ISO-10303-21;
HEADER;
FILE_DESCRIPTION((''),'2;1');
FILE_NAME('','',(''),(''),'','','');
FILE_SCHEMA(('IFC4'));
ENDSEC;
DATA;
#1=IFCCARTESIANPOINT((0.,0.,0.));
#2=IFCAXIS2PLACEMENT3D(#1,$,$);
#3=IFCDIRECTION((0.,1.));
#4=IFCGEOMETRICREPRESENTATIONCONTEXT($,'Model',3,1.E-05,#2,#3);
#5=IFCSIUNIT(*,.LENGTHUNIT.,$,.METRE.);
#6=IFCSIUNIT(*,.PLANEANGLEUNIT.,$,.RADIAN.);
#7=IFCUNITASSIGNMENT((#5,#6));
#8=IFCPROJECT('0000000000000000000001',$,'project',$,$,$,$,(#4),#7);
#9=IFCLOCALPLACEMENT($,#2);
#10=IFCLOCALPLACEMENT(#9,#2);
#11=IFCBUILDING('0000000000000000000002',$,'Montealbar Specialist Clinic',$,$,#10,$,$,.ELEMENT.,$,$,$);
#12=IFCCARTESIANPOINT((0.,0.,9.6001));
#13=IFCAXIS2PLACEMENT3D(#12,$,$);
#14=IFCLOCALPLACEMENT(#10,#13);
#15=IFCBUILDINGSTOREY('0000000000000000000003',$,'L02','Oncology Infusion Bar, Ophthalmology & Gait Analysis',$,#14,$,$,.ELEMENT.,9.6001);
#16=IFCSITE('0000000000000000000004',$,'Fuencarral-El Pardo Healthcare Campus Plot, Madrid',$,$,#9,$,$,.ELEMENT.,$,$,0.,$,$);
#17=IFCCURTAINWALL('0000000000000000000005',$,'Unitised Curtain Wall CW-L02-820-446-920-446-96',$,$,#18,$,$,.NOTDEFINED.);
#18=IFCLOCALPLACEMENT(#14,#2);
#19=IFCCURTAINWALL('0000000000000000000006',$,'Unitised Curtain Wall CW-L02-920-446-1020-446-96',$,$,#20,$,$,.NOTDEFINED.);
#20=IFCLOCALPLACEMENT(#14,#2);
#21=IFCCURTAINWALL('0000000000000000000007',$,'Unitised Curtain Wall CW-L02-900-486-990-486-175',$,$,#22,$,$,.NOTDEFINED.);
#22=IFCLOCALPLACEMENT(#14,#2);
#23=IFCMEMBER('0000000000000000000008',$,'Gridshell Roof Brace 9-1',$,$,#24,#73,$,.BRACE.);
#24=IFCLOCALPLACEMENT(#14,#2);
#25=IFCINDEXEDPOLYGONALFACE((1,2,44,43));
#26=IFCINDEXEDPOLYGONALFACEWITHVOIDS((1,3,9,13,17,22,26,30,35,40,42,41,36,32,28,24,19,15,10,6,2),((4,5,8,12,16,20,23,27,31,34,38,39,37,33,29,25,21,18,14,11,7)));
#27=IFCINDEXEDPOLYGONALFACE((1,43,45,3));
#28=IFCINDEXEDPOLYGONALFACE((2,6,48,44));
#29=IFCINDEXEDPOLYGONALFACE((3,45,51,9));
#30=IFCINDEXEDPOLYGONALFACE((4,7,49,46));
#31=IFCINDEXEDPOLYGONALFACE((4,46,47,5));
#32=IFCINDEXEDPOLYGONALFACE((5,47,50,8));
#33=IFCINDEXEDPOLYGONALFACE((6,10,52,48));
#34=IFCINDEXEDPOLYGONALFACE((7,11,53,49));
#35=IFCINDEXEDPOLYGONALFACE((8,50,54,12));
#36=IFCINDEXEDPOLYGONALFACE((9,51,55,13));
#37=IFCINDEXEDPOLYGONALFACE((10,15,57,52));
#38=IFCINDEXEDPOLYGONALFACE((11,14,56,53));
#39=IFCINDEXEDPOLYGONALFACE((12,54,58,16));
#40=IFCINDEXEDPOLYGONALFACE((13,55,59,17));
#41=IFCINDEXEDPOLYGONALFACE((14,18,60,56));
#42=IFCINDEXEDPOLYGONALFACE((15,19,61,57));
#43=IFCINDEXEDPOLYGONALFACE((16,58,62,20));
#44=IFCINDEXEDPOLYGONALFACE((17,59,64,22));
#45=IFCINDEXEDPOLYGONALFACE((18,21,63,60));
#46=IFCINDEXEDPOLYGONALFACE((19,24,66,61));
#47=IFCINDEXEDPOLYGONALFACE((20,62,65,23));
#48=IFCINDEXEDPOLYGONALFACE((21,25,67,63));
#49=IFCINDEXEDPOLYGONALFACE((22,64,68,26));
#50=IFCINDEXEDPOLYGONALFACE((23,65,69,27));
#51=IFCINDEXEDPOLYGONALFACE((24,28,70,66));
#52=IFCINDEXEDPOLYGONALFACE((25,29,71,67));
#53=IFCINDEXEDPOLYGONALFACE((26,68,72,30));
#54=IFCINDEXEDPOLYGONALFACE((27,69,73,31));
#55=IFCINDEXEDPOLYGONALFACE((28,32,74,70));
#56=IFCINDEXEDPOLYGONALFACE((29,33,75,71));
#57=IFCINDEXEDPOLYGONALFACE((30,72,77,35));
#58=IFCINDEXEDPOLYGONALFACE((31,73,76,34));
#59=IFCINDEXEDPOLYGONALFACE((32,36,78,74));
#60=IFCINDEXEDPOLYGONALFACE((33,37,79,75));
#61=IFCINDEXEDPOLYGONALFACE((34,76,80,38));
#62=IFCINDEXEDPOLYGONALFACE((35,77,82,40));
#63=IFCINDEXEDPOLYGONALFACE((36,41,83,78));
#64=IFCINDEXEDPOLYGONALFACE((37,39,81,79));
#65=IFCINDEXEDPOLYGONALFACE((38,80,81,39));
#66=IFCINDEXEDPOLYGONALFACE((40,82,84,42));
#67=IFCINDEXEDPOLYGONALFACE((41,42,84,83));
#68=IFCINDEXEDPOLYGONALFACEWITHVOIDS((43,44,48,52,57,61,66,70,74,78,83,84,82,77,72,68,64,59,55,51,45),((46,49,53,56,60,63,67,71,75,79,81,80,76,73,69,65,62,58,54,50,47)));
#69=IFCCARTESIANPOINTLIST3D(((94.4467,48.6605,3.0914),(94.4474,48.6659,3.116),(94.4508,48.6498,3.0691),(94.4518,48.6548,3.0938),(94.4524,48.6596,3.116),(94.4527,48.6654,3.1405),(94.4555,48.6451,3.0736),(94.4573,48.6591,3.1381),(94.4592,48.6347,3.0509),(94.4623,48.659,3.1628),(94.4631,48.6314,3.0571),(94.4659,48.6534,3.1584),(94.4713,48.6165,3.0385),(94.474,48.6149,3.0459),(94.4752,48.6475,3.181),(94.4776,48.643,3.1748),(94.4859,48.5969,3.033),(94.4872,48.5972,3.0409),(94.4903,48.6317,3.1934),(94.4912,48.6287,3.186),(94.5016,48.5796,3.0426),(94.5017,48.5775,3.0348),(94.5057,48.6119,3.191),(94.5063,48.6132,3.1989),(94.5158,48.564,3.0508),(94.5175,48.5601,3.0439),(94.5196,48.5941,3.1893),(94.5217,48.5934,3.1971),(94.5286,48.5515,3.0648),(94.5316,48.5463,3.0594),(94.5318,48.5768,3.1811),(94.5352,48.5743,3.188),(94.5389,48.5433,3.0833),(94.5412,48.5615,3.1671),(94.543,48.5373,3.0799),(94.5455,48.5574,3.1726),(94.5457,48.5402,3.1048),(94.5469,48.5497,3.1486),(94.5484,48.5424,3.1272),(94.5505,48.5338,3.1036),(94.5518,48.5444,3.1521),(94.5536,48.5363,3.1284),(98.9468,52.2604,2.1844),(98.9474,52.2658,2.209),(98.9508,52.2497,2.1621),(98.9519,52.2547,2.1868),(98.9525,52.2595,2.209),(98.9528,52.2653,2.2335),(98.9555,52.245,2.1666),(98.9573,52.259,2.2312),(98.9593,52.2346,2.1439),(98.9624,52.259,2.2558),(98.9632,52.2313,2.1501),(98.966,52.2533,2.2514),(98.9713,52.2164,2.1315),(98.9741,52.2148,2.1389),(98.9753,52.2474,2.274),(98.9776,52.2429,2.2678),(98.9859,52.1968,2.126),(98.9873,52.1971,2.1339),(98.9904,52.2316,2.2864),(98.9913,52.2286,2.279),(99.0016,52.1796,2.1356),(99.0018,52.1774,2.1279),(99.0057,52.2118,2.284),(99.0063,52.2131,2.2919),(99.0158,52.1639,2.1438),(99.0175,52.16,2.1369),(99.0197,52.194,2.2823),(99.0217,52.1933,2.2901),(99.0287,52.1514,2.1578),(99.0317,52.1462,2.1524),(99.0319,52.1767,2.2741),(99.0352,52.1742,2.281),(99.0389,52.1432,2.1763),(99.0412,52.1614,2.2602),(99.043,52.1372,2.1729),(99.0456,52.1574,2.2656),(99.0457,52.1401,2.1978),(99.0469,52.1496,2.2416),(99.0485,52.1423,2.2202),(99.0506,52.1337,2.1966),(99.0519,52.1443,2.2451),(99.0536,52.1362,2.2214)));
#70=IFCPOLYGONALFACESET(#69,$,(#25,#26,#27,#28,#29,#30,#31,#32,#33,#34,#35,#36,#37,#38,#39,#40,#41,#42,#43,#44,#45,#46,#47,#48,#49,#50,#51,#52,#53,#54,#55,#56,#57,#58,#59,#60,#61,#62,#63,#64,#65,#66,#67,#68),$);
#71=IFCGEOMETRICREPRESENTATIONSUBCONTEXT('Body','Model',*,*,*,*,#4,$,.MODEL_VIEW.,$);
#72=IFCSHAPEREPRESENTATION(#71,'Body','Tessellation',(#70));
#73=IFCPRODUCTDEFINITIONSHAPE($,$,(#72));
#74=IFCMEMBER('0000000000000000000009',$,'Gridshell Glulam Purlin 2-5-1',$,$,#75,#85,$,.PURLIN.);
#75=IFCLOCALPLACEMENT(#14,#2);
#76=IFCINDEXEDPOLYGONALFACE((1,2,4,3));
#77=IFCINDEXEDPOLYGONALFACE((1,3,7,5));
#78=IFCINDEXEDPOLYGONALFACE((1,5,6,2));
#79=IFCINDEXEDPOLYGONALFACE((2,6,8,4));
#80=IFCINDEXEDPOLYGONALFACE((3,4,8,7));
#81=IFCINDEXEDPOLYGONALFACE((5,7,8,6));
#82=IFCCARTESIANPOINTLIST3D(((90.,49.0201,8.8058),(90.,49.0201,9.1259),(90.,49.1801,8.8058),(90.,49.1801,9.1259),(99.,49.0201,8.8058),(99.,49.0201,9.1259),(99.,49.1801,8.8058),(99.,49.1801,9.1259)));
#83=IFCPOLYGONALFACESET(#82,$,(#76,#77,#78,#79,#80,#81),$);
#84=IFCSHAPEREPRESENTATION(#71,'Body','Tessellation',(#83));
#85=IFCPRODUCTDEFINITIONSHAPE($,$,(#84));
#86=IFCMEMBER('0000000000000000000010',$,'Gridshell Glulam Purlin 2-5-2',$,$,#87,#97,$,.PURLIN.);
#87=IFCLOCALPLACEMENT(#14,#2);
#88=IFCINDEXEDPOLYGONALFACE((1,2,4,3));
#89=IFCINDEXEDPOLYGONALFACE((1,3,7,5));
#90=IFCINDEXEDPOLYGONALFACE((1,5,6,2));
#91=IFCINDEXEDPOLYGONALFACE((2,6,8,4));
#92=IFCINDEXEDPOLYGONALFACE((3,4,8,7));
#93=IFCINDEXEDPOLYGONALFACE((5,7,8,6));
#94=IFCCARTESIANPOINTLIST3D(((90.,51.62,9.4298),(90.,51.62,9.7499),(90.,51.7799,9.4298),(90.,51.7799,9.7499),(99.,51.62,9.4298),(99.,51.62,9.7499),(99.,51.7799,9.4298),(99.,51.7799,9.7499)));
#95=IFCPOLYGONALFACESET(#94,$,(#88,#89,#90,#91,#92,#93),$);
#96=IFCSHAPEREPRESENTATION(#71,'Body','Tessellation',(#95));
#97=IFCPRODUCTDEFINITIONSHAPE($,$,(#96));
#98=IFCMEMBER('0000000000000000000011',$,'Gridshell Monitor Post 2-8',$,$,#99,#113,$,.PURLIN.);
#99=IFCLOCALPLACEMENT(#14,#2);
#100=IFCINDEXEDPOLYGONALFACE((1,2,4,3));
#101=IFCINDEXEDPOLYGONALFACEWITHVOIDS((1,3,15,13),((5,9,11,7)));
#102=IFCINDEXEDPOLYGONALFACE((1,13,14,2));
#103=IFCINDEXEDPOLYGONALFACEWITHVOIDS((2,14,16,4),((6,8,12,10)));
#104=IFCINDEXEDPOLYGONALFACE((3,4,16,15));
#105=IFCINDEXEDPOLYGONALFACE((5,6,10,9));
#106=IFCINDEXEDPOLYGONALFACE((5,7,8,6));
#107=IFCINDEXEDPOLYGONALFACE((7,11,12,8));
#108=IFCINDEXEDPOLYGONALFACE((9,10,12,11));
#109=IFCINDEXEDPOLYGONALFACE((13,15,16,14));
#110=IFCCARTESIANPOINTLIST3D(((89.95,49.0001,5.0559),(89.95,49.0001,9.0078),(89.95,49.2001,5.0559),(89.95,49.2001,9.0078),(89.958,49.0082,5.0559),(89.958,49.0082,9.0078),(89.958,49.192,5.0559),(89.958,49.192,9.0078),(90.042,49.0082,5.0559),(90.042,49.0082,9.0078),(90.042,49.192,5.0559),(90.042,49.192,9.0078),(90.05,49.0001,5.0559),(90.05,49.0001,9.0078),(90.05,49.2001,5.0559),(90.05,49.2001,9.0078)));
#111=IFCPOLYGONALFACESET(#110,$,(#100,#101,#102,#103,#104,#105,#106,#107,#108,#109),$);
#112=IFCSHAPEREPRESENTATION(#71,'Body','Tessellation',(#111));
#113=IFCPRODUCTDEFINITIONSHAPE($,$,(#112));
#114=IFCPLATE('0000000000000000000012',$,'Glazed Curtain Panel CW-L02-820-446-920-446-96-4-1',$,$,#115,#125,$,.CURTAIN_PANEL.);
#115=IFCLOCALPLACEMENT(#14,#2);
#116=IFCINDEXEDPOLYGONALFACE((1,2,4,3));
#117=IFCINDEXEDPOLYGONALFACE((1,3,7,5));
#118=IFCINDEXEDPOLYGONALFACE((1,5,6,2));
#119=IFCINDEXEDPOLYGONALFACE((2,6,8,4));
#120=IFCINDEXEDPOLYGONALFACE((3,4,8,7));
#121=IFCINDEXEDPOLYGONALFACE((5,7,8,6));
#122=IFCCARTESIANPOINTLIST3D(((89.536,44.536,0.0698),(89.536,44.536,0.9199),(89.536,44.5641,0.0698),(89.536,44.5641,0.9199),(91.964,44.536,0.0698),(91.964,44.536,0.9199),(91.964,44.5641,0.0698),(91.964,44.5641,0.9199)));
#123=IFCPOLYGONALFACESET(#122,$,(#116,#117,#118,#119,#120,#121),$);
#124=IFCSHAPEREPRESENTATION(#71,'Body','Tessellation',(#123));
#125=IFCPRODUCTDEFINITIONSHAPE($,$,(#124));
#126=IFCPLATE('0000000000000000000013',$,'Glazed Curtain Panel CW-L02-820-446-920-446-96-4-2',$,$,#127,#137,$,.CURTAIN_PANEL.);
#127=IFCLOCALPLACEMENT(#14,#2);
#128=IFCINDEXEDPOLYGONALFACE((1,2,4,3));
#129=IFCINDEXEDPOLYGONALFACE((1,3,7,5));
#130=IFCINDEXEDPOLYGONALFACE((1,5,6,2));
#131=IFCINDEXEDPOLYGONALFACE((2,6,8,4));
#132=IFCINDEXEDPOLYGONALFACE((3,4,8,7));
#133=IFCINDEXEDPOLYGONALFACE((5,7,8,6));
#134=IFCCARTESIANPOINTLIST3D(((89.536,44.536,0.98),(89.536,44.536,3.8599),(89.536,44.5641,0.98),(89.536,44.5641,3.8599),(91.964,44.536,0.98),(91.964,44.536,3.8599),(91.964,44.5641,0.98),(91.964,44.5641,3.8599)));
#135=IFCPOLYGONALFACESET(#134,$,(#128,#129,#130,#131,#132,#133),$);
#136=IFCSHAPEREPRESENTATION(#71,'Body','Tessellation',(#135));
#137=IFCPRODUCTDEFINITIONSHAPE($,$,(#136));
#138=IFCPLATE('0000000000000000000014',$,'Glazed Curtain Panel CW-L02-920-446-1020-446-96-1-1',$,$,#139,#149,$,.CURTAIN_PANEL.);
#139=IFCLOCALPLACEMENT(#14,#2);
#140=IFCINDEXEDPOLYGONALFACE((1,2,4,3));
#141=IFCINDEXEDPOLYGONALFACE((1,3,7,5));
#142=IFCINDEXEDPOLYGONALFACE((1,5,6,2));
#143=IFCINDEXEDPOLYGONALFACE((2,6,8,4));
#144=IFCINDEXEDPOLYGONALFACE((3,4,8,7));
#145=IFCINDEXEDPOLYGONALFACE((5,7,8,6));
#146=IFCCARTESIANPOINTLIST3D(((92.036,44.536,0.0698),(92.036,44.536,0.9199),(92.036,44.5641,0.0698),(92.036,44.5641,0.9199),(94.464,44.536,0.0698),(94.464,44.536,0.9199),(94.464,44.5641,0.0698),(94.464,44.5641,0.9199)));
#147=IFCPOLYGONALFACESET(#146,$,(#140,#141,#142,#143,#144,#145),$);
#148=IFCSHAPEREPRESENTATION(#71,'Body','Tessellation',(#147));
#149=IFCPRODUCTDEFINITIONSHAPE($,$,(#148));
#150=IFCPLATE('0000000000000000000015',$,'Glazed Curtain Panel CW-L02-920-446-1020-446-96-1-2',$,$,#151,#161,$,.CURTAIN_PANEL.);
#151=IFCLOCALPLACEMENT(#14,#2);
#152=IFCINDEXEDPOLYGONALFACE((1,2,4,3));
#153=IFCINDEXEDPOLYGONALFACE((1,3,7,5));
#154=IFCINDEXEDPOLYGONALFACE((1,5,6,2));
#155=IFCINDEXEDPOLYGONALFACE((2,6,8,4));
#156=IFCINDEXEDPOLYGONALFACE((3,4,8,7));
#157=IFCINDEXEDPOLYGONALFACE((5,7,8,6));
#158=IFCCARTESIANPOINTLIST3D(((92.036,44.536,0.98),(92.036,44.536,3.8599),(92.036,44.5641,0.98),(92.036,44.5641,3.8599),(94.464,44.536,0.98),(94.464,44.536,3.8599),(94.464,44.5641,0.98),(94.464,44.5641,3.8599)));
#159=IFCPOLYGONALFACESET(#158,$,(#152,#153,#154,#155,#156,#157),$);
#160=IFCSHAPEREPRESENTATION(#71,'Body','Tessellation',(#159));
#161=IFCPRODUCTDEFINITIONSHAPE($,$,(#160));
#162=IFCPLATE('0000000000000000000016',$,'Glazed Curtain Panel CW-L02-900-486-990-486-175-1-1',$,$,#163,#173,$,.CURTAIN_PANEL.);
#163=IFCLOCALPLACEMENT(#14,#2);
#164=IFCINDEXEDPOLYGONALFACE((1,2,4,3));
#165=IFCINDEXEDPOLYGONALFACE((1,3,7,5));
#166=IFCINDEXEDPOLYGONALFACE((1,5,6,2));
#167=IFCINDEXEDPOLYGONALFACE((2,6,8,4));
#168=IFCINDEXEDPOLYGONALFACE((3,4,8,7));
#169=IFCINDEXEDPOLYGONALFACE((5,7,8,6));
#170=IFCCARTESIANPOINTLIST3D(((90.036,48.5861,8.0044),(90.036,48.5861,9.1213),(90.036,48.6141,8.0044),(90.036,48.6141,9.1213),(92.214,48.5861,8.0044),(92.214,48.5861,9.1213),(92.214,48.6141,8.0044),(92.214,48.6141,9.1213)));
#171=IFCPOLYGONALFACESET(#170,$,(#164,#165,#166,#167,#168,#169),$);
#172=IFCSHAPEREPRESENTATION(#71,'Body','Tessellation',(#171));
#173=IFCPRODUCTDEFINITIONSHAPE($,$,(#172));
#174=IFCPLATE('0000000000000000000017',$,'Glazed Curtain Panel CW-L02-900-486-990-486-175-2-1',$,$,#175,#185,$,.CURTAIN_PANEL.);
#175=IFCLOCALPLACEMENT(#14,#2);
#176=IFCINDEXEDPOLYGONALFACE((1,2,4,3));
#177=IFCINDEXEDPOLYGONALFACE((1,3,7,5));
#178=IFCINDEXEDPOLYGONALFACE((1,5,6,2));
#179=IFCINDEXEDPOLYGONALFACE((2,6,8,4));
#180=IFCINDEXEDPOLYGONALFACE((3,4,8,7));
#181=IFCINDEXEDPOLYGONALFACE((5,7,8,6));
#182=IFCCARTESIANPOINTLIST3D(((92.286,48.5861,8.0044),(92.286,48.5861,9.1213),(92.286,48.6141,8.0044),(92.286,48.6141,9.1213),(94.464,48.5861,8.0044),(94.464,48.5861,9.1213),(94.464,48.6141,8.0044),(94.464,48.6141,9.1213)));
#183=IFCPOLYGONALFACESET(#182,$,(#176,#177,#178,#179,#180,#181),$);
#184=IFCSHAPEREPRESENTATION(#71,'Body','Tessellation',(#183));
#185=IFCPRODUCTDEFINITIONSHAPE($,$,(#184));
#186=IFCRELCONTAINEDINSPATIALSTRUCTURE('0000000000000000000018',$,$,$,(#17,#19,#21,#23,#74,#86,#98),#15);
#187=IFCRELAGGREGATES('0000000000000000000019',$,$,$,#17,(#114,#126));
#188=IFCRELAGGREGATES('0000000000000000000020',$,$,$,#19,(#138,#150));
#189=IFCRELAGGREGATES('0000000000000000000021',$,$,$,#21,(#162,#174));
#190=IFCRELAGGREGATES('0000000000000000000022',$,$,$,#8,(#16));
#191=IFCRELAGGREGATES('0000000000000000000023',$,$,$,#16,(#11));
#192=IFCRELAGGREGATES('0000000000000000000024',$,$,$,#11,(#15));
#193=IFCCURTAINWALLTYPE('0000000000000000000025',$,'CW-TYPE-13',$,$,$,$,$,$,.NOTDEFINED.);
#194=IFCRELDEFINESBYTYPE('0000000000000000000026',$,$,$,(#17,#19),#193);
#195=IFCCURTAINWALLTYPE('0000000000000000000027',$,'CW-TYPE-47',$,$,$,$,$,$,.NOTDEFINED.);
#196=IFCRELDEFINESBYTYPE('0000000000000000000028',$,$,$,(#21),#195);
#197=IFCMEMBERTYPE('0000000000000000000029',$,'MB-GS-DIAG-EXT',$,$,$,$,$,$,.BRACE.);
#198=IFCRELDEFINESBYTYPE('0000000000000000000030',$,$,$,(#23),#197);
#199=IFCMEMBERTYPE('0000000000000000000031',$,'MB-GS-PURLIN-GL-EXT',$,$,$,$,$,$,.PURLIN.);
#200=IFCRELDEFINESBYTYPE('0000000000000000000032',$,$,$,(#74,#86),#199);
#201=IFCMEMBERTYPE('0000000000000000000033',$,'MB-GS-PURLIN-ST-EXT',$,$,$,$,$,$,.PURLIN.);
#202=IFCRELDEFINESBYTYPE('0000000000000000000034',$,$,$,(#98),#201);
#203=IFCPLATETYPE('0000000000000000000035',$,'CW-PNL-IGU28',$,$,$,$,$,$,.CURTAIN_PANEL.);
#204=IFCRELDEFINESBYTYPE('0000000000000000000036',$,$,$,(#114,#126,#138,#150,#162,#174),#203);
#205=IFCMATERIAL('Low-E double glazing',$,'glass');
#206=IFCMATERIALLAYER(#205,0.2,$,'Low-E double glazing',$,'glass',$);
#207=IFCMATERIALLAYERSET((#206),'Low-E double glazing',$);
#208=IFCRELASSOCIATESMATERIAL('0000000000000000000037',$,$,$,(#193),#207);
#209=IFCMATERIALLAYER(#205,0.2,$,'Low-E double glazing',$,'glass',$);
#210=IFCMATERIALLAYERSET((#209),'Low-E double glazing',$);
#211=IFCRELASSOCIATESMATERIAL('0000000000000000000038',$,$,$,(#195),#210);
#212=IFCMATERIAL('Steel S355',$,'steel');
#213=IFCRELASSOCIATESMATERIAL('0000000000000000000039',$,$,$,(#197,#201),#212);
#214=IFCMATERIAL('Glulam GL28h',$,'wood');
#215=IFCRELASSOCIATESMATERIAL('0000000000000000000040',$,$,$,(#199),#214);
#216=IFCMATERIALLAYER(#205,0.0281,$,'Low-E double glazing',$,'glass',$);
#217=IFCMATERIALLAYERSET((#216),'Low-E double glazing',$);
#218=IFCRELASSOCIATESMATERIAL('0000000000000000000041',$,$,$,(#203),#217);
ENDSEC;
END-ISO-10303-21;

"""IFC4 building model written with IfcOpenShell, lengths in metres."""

from ifc_helpers import new_model, si_unit, direction, frame, origin, origin_2d, place, context, subcontext, project, spatial, rectangle, hollow_rectangle, hollow_circle, extrude, material, layer, layer_set, material_profile, profile_set, type_object, element, aggregate, save


model = new_model("IFC4")

# Units and contexts
model_context = context("Model", 3, precision=1e-05, world=origin(), true_north=direction((0.0, 1.0)))
body_context = subcontext(model_context, "Body", "Model", "MODEL_VIEW")
ifc_project = project(units=[si_unit("LENGTHUNIT", "METRE"), si_unit("PLANEANGLEUNIT", "RADIAN")], contexts=[model_context])

# Site, building, storey
site_placement = place(None, origin())
site = spatial("IfcSite", under=ifc_project, at=site_placement, Name="Fuencarral-El Pardo Healthcare Campus Plot, Madrid", CompositionType="ELEMENT", RefElevation=0.0)
building_placement = place(site_placement, origin())
building = spatial("IfcBuilding", under=site, at=building_placement, Name="Montealbar Specialist Clinic", CompositionType="ELEMENT")
storey_placement = place(building_placement, frame((0.0, 0.0, 9.6001)))
storey = spatial("IfcBuildingStorey", under=building, at=storey_placement, Name="L02", Description="Oncology Infusion Bar, Ophthalmology & Gait Analysis", CompositionType="ELEMENT", Elevation=9.6001)

# Shared definitions
ifc_material_1 = material(Name="Steel S355", Category="steel")

# Shared definitions
ifc_material_2 = material(Name="Glulam GL28h", Category="wood")

# Curtain wall
ifc_material_3 = material(Name="Low-E double glazing", Category="glass")
ifc_layer_1 = layer(ifc_material_3, 0.2, Name="Low-E double glazing", Category="glass")
ifc_layer_set_1 = layer_set([ifc_layer_1], Name="Low-E double glazing")
curtain_wall_type_1 = type_object("IfcCurtainWallType", Name="CW-TYPE-13", PredefinedType="NOTDEFINED", material=ifc_layer_set_1)
curtain_wall_1_placement = place(storey_placement, origin())
curtain_wall_1 = element("IfcCurtainWall", 1, at=curtain_wall_1_placement, inside=storey, type_object=curtain_wall_type_1, Name="Unitised Curtain Wall CW-L02-820-446-920-446-96", PredefinedType="NOTDEFINED")

# Curtain walls
curtain_wall_2_placement = place(storey_placement, origin())
curtain_wall_2 = element("IfcCurtainWall", 2, at=curtain_wall_2_placement, inside=storey, type_object=curtain_wall_type_1, Name="Unitised Curtain Wall CW-L02-920-446-1020-446-96", PredefinedType="NOTDEFINED")
ifc_layer_2 = layer(ifc_material_3, 0.2, Name="Low-E double glazing", Category="glass")
ifc_layer_set_2 = layer_set([ifc_layer_2], Name="Low-E double glazing")
curtain_wall_type_2 = type_object("IfcCurtainWallType", Name="CW-TYPE-47", PredefinedType="NOTDEFINED", material=ifc_layer_set_2)
curtain_wall_3_placement = place(storey_placement, origin())
curtain_wall_3 = element("IfcCurtainWall", 3, at=curtain_wall_3_placement, inside=storey, type_object=curtain_wall_type_2, Name="Unitised Curtain Wall CW-L02-900-486-990-486-175", PredefinedType="NOTDEFINED")

# Members
ifc_material_profile_1 = material_profile(ifc_material_1, hollow_circle(Radius=0.0842, WallThickness=0.0081, at=origin_2d()), Name="CHS 168.3x8.0", Category="steel")
ifc_profile_set_1 = profile_set([ifc_material_profile_1], Name="Steel S355")
member_type_1 = type_object("IfcMemberType", Name="MB-GS-DIAG-EXT", PredefinedType="BRACE", material=ifc_profile_set_1)
member_1_placement = place(storey_placement, frame((94.5, 48.6001, 3.116), z_axis=(0.771386, 0.617083, -0.155474), x_axis=(-0.62468, 0.780881, 0.0)))
element("IfcMember", 4, at=member_1_placement, inside=storey, type_object=member_type_1, Name="Gridshell Roof Brace 9-1", PredefinedType="BRACE", context=body_context, shape_type="SweptSolid", body=[
    extrude(hollow_circle(Radius=0.0842, WallThickness=0.0081, at=origin_2d()), origin(), (0.0, 0.0, 1.0), 5.8337),
])
ifc_material_profile_2 = material_profile(ifc_material_2, rectangle(XDim=0.1599, YDim=0.3201, at=origin_2d()), Name="GL28h 160x320", Category="wood")
ifc_profile_set_2 = profile_set([ifc_material_profile_2], Name="Glulam GL28h")
member_type_2 = type_object("IfcMemberType", Name="MB-GS-PURLIN-GL-EXT", PredefinedType="PURLIN", material=ifc_profile_set_2)
for number, where, z_axis, x_axis, name in (
    (5, (90.0, 49.1001, 8.9658), (1.0, 0.0, 0.0), (0.0, 1.0, 0.0), "Gridshell Glulam Purlin 2-5-1"),
    (6, (90.0, 51.7, 9.5898), (1.0, 0.0, 0.0), (0.0, 1.0, 0.0), "Gridshell Glulam Purlin 2-5-2"),
):
    element("IfcMember", number, at=place(storey_placement, frame(where, z_axis=z_axis, x_axis=x_axis)), inside=storey, type_object=member_type_2, Name=name, PredefinedType="PURLIN", context=body_context, shape_type="SweptSolid", body=[
        extrude(rectangle(XDim=0.1599, YDim=0.3201, at=origin_2d()), origin(), (0.0, 0.0, 1.0), 9.0),
    ])
ifc_material_profile_3 = material_profile(ifc_material_1, hollow_rectangle(XDim=0.1001, YDim=0.2, WallThickness=0.0081, at=origin_2d()), Name="RHS 200x100x8", Category="steel")
ifc_profile_set_3 = profile_set([ifc_material_profile_3], Name="Steel S355")
member_type_3 = type_object("IfcMemberType", Name="MB-GS-PURLIN-ST-EXT", PredefinedType="PURLIN", material=ifc_profile_set_3)
member_2_placement = place(storey_placement, frame((90.0, 49.1001, 5.0559), z_axis=(0.0, 0.0, 1.0), x_axis=(1.0, 0.0, 0.0)))
element("IfcMember", 7, at=member_2_placement, inside=storey, type_object=member_type_3, Name="Gridshell Monitor Post 2-8", PredefinedType="PURLIN", context=body_context, shape_type="SweptSolid", body=[
    extrude(hollow_rectangle(XDim=0.1001, YDim=0.2, WallThickness=0.0081, at=origin_2d()), origin(), (0.0, 0.0, 1.0), 3.9519),
])

# Plates
ifc_layer_3 = layer(ifc_material_3, 0.0281, Name="Low-E double glazing", Category="glass")
ifc_layer_set_3 = layer_set([ifc_layer_3], Name="Low-E double glazing")
plate_type = type_object("IfcPlateType", Name="CW-PNL-IGU28", PredefinedType="CURTAIN_PANEL", material=ifc_layer_set_3)
plate_1_placement = place(storey_placement, frame((90.75, 44.55, 0.0698), z_axis=(0.0, 0.0, 1.0), x_axis=(1.0, 0.0, 0.0)))
plate_1 = element("IfcPlate", 8, at=plate_1_placement, type_object=plate_type, Name="Glazed Curtain Panel CW-L02-820-446-920-446-96-4-1", PredefinedType="CURTAIN_PANEL", context=body_context, shape_type="SweptSolid", body=[
    extrude(rectangle(XDim=2.428, YDim=0.0281, at=origin_2d()), origin(), (0.0, 0.0, 1.0), 0.8501),
])
plate_2_placement = place(storey_placement, frame((90.75, 44.55, 0.98), z_axis=(0.0, 0.0, 1.0), x_axis=(1.0, 0.0, 0.0)))
plate_2 = element("IfcPlate", 9, at=plate_2_placement, type_object=plate_type, Name="Glazed Curtain Panel CW-L02-820-446-920-446-96-4-2", PredefinedType="CURTAIN_PANEL", context=body_context, shape_type="SweptSolid", body=[
    extrude(rectangle(XDim=2.428, YDim=0.0281, at=origin_2d()), origin(), (0.0, 0.0, 1.0), 2.8799),
])
aggregate(curtain_wall_1, [plate_1, plate_2])
plate_3_placement = place(storey_placement, frame((93.25, 44.55, 0.0698), z_axis=(0.0, 0.0, 1.0), x_axis=(1.0, 0.0, 0.0)))
plate_3 = element("IfcPlate", 10, at=plate_3_placement, type_object=plate_type, Name="Glazed Curtain Panel CW-L02-920-446-1020-446-96-1-1", PredefinedType="CURTAIN_PANEL", context=body_context, shape_type="SweptSolid", body=[
    extrude(rectangle(XDim=2.428, YDim=0.0281, at=origin_2d()), origin(), (0.0, 0.0, 1.0), 0.8501),
])
plate_4_placement = place(storey_placement, frame((93.25, 44.55, 0.98), z_axis=(0.0, 0.0, 1.0), x_axis=(1.0, 0.0, 0.0)))
plate_4 = element("IfcPlate", 11, at=plate_4_placement, type_object=plate_type, Name="Glazed Curtain Panel CW-L02-920-446-1020-446-96-1-2", PredefinedType="CURTAIN_PANEL", context=body_context, shape_type="SweptSolid", body=[
    extrude(rectangle(XDim=2.428, YDim=0.0281, at=origin_2d()), origin(), (0.0, 0.0, 1.0), 2.8799),
])
aggregate(curtain_wall_2, [plate_3, plate_4])
plate_5_placement = place(storey_placement, frame((91.125, 48.6001, 8.0044), z_axis=(0.0, 0.0, 1.0), x_axis=(1.0, 0.0, 0.0)))
plate_5 = element("IfcPlate", 12, at=plate_5_placement, type_object=plate_type, Name="Glazed Curtain Panel CW-L02-900-486-990-486-175-1-1", PredefinedType="CURTAIN_PANEL", context=body_context, shape_type="SweptSolid", body=[
    extrude(rectangle(XDim=2.178, YDim=0.0281, at=origin_2d()), origin(), (0.0, 0.0, 1.0), 1.1169),
])
plate_6_placement = place(storey_placement, frame((93.375, 48.6001, 8.0044), z_axis=(0.0, 0.0, 1.0), x_axis=(1.0, 0.0, 0.0)))
plate_6 = element("IfcPlate", 13, at=plate_6_placement, type_object=plate_type, Name="Glazed Curtain Panel CW-L02-900-486-990-486-175-2-1", PredefinedType="CURTAIN_PANEL", context=body_context, shape_type="SweptSolid", body=[
    extrude(rectangle(XDim=2.178, YDim=0.0281, at=origin_2d()), origin(), (0.0, 0.0, 1.0), 1.1169),
])
aggregate(curtain_wall_3, [plate_5, plate_6])

save(model, "model.ifc")
